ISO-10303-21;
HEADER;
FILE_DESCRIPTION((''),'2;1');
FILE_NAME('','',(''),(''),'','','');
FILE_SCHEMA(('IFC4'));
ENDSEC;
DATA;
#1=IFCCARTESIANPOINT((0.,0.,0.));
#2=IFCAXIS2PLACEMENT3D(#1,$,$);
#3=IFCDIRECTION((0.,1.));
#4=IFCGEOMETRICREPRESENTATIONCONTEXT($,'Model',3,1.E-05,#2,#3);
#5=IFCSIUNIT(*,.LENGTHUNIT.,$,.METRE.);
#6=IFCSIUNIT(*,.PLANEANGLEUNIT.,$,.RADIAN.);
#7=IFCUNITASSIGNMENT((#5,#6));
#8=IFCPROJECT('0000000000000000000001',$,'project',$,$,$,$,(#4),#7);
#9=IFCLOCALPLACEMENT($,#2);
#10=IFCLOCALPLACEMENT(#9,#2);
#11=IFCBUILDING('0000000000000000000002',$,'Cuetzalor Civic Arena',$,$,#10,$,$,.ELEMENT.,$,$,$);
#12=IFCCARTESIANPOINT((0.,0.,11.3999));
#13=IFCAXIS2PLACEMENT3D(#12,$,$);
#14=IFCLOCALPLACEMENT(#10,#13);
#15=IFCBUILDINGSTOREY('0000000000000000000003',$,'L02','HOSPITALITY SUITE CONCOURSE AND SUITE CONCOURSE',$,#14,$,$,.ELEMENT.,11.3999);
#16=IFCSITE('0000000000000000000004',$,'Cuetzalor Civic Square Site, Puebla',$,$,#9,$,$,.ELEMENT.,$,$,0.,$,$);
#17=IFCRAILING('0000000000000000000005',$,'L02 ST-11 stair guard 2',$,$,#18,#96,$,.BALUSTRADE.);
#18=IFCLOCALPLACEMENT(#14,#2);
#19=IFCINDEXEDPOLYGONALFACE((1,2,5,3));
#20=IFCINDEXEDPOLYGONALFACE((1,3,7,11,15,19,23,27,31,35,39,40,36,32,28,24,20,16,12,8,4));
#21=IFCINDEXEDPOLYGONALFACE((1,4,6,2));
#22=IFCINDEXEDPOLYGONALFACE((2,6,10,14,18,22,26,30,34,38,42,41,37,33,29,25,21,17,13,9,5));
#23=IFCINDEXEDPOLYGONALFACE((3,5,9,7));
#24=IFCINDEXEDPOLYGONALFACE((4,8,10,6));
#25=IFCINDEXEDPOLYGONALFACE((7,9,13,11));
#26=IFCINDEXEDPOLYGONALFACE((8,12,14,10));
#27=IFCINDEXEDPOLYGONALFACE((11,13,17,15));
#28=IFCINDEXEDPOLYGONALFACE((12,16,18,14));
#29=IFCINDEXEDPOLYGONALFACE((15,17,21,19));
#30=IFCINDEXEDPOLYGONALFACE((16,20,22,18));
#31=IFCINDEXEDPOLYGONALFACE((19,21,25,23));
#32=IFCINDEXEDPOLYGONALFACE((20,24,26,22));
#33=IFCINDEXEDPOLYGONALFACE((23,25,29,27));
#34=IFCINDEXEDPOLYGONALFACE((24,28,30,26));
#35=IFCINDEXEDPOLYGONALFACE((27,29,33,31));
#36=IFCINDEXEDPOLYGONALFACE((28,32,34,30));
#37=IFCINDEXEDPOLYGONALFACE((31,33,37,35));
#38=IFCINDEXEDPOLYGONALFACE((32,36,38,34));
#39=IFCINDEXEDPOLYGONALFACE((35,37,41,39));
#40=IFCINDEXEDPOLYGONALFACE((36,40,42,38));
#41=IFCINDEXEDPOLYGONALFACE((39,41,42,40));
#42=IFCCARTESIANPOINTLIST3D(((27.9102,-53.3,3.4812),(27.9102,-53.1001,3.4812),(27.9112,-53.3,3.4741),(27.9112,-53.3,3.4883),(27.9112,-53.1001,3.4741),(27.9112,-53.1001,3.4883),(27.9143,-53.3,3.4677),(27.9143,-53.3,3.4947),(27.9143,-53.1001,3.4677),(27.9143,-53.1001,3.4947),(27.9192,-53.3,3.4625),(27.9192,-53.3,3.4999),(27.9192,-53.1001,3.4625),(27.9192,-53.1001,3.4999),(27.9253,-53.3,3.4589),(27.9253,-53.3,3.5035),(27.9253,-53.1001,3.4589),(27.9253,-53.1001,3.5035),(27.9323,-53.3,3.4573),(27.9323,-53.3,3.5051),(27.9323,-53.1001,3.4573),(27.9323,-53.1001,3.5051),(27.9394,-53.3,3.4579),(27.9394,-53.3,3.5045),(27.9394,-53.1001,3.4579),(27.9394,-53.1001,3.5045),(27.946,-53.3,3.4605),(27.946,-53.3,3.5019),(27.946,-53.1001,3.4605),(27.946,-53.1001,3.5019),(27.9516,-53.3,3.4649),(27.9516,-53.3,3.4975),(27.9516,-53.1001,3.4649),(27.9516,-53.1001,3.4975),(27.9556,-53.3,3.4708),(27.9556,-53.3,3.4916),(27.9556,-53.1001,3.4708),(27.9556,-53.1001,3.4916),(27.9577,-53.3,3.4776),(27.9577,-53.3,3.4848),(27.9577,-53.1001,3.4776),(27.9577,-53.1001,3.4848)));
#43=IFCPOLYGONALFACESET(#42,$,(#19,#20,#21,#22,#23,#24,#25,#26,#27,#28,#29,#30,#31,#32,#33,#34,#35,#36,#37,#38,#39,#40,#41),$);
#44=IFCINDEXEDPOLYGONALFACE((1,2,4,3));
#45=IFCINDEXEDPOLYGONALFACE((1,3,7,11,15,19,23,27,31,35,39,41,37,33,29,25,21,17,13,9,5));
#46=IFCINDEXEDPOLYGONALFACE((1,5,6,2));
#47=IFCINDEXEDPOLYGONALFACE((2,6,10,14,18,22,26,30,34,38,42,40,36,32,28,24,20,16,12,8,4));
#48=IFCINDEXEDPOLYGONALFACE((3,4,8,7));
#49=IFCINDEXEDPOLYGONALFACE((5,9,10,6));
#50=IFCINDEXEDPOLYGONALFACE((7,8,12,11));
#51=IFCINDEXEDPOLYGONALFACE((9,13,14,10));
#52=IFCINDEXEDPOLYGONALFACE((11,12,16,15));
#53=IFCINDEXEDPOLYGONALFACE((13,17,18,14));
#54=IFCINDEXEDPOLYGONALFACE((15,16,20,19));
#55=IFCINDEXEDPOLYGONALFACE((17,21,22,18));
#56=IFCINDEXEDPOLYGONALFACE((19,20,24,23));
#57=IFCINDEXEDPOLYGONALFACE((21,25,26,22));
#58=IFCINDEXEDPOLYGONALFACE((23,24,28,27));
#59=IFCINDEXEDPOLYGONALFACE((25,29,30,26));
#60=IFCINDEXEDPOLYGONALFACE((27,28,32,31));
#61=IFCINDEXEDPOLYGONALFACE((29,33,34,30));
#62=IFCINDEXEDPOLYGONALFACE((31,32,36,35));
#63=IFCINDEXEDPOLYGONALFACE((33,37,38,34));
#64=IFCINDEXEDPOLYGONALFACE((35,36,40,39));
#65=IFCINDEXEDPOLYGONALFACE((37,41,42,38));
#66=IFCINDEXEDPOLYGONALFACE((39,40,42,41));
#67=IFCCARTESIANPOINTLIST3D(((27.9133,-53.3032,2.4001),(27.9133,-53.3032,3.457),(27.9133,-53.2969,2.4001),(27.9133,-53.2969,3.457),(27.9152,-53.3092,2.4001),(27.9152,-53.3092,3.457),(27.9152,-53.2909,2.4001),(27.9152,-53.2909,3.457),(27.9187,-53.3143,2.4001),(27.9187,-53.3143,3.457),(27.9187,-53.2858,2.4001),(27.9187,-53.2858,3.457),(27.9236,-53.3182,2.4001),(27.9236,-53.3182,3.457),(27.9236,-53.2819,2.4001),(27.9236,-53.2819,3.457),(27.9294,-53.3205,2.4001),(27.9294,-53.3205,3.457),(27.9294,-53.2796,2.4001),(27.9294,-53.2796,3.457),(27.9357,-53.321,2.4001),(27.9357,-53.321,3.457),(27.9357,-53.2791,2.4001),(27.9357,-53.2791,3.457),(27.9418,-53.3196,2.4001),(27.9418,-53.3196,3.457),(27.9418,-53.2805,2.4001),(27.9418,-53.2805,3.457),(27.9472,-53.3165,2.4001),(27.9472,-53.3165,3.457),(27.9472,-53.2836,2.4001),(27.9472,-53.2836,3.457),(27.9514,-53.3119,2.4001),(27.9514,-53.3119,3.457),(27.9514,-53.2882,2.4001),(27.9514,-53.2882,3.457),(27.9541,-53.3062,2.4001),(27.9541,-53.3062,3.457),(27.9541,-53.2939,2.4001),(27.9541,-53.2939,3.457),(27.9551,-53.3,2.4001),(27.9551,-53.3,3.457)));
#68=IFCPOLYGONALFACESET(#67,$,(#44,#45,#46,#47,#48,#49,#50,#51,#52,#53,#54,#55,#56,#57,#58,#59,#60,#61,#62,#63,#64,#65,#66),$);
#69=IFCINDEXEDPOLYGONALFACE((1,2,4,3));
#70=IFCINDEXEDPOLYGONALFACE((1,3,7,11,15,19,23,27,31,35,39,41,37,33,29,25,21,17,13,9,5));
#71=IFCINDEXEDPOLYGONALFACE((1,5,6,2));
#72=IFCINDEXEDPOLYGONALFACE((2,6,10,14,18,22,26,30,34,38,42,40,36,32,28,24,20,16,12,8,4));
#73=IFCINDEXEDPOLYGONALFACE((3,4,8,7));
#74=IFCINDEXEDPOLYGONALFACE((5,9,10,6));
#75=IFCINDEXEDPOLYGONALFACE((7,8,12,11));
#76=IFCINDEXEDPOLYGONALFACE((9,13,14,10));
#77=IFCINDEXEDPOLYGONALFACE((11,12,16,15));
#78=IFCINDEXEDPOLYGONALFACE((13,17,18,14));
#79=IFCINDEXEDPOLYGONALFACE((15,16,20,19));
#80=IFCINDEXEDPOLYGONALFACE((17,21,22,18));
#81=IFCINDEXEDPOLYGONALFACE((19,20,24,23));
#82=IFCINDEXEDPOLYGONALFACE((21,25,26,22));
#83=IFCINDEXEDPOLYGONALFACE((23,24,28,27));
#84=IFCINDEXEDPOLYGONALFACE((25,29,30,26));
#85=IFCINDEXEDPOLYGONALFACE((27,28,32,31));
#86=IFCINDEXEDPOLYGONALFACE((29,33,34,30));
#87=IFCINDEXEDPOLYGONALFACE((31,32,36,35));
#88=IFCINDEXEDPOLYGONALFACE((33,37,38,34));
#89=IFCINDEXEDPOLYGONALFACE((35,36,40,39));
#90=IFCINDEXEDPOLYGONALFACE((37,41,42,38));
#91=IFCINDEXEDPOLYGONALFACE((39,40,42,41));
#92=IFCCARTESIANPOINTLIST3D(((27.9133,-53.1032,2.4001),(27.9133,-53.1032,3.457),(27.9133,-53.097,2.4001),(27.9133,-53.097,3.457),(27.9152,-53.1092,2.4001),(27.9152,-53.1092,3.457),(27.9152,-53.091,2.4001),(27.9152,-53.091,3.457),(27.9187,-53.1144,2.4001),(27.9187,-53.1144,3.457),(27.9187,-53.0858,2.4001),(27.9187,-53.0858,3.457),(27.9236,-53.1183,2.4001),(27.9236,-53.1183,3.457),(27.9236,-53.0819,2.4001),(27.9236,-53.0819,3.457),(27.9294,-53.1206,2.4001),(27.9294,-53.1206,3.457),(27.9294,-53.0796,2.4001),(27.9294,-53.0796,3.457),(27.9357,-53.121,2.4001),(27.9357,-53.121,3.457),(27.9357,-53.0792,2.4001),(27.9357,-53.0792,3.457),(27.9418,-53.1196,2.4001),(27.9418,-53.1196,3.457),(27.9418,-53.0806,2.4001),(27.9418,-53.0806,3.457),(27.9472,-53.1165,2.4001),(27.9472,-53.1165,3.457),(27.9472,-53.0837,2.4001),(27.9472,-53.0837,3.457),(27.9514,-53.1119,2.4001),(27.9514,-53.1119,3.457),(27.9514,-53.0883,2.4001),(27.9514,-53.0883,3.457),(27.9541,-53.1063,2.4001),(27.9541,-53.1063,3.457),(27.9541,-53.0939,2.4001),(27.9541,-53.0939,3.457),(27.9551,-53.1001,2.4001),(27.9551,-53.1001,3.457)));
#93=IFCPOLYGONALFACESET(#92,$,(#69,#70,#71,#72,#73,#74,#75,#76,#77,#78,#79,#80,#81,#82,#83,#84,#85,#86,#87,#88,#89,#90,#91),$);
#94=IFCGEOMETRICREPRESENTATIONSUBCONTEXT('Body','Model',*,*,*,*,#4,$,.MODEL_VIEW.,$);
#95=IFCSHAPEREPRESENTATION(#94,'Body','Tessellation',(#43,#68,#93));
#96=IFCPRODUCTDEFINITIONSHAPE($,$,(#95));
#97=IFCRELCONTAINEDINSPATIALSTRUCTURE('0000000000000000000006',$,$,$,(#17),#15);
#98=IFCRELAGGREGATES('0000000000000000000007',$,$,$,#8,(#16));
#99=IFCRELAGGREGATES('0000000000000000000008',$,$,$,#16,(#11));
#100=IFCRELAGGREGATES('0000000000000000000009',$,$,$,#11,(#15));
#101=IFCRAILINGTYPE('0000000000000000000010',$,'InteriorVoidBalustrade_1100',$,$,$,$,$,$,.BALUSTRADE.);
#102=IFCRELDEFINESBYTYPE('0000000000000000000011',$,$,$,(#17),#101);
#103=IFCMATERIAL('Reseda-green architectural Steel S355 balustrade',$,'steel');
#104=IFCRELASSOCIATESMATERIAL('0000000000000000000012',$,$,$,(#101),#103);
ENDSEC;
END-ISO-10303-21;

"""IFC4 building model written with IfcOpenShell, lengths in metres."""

from ifc_helpers import new_model, si_unit, direction, frame, origin, origin_2d, place, context, subcontext, project, spatial, circle, extrude, material, type_object, element, save


model = new_model("IFC4")

# Units and contexts
model_context = context("Model", 3, precision=1e-05, world=origin(), true_north=direction((0.0, 1.0)))
body_context = subcontext(model_context, "Body", "Model", "MODEL_VIEW")
ifc_project = project(units=[si_unit("LENGTHUNIT", "METRE"), si_unit("PLANEANGLEUNIT", "RADIAN")], contexts=[model_context])

# Site, building, storey
site_placement = place(None, origin())
site = spatial("IfcSite", under=ifc_project, at=site_placement, Name="Cuetzalor Civic Square Site, Puebla", CompositionType="ELEMENT", RefElevation=0.0)
building_placement = place(site_placement, origin())
building = spatial("IfcBuilding", under=site, at=building_placement, Name="Cuetzalor Civic Arena", CompositionType="ELEMENT")
storey_placement = place(building_placement, frame((0.0, 0.0, 11.3999)))
storey = spatial("IfcBuildingStorey", under=building, at=storey_placement, Name="L02", Description="HOSPITALITY SUITE CONCOURSE AND SUITE CONCOURSE", CompositionType="ELEMENT", Elevation=11.3999)

# Railing
ifc_material_1 = material(Name="Reseda-green architectural Steel S355 balustrade", Category="steel")
railing_type_1 = type_object("IfcRailingType", Name="InteriorVoidBalustrade_1100", PredefinedType="BALUSTRADE", material=ifc_material_1)
railing_1_placement = place(storey_placement, frame((27.9341, -53.3, 2.4001)))
element("IfcRailing", 1, at=railing_1_placement, inside=storey, type_object=railing_type_1, Name="L02 ST-11 stair guard 2", PredefinedType="BALUSTRADE", context=body_context, shape_type="SweptSolid", body=[
    extrude(circle(Radius=0.0239, at=origin_2d()), frame((0.0, 0.0, 1.0811), z_axis=(0.0, 1.0, 0.0), x_axis=(-1.0, 0.0, 0.0)), (0.0, 0.0, 1.0), 0.2),
    extrude(circle(Radius=0.021, at=origin_2d()), origin(), (0.0, 0.0, 1.0), 1.0569),
    extrude(circle(Radius=0.021, at=origin_2d()), frame((0.0, 0.2, 0.0)), (0.0, 0.0, 1.0), 1.0569),
])

save(model, "model.ifc")
